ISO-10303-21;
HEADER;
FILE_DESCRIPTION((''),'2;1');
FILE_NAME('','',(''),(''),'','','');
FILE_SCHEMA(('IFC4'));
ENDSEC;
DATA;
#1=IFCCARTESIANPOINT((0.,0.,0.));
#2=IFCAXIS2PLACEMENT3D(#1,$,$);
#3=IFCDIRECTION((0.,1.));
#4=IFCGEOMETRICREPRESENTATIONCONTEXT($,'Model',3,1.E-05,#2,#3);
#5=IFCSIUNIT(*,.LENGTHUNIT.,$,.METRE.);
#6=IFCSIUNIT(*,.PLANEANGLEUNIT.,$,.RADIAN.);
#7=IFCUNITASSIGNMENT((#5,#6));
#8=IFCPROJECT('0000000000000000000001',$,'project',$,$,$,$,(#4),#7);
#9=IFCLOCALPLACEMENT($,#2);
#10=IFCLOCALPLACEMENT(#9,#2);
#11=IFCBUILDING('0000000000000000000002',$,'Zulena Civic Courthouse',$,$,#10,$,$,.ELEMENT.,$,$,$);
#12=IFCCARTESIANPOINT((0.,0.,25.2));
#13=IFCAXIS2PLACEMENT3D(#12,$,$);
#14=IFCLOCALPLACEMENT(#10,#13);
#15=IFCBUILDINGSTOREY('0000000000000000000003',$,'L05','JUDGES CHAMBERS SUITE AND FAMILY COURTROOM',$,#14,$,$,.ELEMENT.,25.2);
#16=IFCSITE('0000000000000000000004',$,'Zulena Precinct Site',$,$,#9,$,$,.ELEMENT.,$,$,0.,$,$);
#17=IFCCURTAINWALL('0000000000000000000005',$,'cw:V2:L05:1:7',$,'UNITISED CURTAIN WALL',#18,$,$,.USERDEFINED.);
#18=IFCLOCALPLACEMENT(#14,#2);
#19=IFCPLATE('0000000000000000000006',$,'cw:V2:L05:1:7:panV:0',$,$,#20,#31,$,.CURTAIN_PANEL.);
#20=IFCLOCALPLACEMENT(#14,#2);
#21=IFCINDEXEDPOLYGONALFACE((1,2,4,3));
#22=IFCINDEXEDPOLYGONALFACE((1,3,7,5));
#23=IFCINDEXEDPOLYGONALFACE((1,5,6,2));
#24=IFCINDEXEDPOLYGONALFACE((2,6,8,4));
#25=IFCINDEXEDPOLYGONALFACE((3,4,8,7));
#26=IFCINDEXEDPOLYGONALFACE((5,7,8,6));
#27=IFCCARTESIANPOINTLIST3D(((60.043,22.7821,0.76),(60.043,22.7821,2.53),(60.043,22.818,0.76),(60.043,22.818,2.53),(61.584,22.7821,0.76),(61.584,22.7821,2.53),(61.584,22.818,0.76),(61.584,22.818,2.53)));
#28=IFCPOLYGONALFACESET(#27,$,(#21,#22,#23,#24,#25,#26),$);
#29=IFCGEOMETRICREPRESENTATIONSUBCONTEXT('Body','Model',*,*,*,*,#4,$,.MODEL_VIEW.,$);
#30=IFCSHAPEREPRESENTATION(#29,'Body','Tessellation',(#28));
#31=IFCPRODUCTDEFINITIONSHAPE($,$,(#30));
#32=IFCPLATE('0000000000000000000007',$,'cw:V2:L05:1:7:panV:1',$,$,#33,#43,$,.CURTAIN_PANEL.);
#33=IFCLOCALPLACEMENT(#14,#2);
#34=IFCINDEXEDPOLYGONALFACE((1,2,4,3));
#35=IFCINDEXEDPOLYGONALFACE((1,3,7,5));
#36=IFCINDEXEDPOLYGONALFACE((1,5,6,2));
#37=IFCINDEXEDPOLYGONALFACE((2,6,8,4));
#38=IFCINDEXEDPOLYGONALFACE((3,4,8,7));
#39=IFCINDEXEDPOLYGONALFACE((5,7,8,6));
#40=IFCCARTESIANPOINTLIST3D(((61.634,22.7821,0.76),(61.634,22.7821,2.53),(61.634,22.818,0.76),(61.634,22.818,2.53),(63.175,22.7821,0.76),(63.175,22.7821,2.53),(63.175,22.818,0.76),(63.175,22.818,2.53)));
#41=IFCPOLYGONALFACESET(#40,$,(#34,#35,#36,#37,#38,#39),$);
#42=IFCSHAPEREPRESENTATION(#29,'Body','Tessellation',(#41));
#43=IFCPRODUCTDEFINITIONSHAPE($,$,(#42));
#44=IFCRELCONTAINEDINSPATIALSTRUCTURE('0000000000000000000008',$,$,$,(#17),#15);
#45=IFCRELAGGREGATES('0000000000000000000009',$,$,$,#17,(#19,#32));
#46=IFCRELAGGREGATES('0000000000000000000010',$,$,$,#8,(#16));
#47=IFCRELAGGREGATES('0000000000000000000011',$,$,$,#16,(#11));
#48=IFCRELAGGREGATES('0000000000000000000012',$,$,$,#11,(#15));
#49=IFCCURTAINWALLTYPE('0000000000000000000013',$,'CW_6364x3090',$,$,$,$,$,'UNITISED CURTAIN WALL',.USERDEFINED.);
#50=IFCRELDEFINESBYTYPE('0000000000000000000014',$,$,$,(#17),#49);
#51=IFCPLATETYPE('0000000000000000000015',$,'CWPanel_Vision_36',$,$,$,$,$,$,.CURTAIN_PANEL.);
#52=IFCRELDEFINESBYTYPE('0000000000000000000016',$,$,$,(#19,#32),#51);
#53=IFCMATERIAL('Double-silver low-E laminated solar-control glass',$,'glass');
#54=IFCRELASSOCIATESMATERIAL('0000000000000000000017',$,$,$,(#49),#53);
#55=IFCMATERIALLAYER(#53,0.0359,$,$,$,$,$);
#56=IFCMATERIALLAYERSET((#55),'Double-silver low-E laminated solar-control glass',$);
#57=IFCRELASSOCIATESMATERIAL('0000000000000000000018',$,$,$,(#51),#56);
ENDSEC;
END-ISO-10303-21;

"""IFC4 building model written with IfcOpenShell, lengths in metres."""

from ifc_helpers import new_model, si_unit, direction, frame, origin, origin_2d, place, context, subcontext, project, spatial, rectangle, extrude, material, layer, layer_set, type_object, element, aggregate, save


model = new_model("IFC4")

# Units and contexts
model_context = context("Model", 3, precision=1e-05, world=origin(), true_north=direction((0.0, 1.0)))
body_context = subcontext(model_context, "Body", "Model", "MODEL_VIEW")
ifc_project = project(units=[si_unit("LENGTHUNIT", "METRE"), si_unit("PLANEANGLEUNIT", "RADIAN")], contexts=[model_context])

# Site, building, storey
site_placement = place(None, origin())
site = spatial("IfcSite", under=ifc_project, at=site_placement, Name="Zulena Precinct Site", CompositionType="ELEMENT", RefElevation=0.0)
building_placement = place(site_placement, origin())
building = spatial("IfcBuilding", under=site, at=building_placement, Name="Zulena Civic Courthouse", CompositionType="ELEMENT")
storey_placement = place(building_placement, frame((0.0, 0.0, 25.2)))
storey = spatial("IfcBuildingStorey", under=building, at=storey_placement, Name="L05", Description="JUDGES CHAMBERS SUITE AND FAMILY COURTROOM", CompositionType="ELEMENT", Elevation=25.2)

# Curtain wall
ifc_material_1 = material(Name="Double-silver low-E laminated solar-control glass", Category="glass")
curtain_wall_type_1 = type_object("IfcCurtainWallType", Name="CW_6364x3090", ElementType="UNITISED CURTAIN WALL", PredefinedType="USERDEFINED", material=ifc_material_1)
curtain_wall_1_placement = place(storey_placement, origin())
curtain_wall_1 = element("IfcCurtainWall", 1, at=curtain_wall_1_placement, inside=storey, type_object=curtain_wall_type_1, Name="cw:V2:L05:1:7", ObjectType="UNITISED CURTAIN WALL", PredefinedType="USERDEFINED")

# Plates
ifc_layer_1 = layer(ifc_material_1, 0.0359)
ifc_layer_set_1 = layer_set([ifc_layer_1], Name="Double-silver low-E laminated solar-control glass")
plate_type_1 = type_object("IfcPlateType", Name="CWPanel_Vision_36", PredefinedType="CURTAIN_PANEL", material=ifc_layer_set_1)
plate_1_placement = place(storey_placement, frame((60.8135, 22.8, 0.76), z_axis=(0.0, 0.0, 1.0), x_axis=(1.0, 0.0, 0.0)))
plate_1 = element("IfcPlate", 2, at=plate_1_placement, type_object=plate_type_1, Name="cw:V2:L05:1:7:panV:0", PredefinedType="CURTAIN_PANEL", context=body_context, shape_type="SweptSolid", body=[
    extrude(rectangle(XDim=1.541, YDim=0.0359, at=origin_2d()), origin(), (0.0, 0.0, 1.0), 1.77),
])
plate_2_placement = place(storey_placement, frame((62.4045, 22.8, 0.76), z_axis=(0.0, 0.0, 1.0), x_axis=(1.0, 0.0, 0.0)))
plate_2 = element("IfcPlate", 3, at=plate_2_placement, type_object=plate_type_1, Name="cw:V2:L05:1:7:panV:1", PredefinedType="CURTAIN_PANEL", context=body_context, shape_type="SweptSolid", body=[
    extrude(rectangle(XDim=1.541, YDim=0.0359, at=origin_2d()), origin(), (0.0, 0.0, 1.0), 1.77),
])
aggregate(curtain_wall_1, [plate_1, plate_2])

save(model, "model.ifc")
